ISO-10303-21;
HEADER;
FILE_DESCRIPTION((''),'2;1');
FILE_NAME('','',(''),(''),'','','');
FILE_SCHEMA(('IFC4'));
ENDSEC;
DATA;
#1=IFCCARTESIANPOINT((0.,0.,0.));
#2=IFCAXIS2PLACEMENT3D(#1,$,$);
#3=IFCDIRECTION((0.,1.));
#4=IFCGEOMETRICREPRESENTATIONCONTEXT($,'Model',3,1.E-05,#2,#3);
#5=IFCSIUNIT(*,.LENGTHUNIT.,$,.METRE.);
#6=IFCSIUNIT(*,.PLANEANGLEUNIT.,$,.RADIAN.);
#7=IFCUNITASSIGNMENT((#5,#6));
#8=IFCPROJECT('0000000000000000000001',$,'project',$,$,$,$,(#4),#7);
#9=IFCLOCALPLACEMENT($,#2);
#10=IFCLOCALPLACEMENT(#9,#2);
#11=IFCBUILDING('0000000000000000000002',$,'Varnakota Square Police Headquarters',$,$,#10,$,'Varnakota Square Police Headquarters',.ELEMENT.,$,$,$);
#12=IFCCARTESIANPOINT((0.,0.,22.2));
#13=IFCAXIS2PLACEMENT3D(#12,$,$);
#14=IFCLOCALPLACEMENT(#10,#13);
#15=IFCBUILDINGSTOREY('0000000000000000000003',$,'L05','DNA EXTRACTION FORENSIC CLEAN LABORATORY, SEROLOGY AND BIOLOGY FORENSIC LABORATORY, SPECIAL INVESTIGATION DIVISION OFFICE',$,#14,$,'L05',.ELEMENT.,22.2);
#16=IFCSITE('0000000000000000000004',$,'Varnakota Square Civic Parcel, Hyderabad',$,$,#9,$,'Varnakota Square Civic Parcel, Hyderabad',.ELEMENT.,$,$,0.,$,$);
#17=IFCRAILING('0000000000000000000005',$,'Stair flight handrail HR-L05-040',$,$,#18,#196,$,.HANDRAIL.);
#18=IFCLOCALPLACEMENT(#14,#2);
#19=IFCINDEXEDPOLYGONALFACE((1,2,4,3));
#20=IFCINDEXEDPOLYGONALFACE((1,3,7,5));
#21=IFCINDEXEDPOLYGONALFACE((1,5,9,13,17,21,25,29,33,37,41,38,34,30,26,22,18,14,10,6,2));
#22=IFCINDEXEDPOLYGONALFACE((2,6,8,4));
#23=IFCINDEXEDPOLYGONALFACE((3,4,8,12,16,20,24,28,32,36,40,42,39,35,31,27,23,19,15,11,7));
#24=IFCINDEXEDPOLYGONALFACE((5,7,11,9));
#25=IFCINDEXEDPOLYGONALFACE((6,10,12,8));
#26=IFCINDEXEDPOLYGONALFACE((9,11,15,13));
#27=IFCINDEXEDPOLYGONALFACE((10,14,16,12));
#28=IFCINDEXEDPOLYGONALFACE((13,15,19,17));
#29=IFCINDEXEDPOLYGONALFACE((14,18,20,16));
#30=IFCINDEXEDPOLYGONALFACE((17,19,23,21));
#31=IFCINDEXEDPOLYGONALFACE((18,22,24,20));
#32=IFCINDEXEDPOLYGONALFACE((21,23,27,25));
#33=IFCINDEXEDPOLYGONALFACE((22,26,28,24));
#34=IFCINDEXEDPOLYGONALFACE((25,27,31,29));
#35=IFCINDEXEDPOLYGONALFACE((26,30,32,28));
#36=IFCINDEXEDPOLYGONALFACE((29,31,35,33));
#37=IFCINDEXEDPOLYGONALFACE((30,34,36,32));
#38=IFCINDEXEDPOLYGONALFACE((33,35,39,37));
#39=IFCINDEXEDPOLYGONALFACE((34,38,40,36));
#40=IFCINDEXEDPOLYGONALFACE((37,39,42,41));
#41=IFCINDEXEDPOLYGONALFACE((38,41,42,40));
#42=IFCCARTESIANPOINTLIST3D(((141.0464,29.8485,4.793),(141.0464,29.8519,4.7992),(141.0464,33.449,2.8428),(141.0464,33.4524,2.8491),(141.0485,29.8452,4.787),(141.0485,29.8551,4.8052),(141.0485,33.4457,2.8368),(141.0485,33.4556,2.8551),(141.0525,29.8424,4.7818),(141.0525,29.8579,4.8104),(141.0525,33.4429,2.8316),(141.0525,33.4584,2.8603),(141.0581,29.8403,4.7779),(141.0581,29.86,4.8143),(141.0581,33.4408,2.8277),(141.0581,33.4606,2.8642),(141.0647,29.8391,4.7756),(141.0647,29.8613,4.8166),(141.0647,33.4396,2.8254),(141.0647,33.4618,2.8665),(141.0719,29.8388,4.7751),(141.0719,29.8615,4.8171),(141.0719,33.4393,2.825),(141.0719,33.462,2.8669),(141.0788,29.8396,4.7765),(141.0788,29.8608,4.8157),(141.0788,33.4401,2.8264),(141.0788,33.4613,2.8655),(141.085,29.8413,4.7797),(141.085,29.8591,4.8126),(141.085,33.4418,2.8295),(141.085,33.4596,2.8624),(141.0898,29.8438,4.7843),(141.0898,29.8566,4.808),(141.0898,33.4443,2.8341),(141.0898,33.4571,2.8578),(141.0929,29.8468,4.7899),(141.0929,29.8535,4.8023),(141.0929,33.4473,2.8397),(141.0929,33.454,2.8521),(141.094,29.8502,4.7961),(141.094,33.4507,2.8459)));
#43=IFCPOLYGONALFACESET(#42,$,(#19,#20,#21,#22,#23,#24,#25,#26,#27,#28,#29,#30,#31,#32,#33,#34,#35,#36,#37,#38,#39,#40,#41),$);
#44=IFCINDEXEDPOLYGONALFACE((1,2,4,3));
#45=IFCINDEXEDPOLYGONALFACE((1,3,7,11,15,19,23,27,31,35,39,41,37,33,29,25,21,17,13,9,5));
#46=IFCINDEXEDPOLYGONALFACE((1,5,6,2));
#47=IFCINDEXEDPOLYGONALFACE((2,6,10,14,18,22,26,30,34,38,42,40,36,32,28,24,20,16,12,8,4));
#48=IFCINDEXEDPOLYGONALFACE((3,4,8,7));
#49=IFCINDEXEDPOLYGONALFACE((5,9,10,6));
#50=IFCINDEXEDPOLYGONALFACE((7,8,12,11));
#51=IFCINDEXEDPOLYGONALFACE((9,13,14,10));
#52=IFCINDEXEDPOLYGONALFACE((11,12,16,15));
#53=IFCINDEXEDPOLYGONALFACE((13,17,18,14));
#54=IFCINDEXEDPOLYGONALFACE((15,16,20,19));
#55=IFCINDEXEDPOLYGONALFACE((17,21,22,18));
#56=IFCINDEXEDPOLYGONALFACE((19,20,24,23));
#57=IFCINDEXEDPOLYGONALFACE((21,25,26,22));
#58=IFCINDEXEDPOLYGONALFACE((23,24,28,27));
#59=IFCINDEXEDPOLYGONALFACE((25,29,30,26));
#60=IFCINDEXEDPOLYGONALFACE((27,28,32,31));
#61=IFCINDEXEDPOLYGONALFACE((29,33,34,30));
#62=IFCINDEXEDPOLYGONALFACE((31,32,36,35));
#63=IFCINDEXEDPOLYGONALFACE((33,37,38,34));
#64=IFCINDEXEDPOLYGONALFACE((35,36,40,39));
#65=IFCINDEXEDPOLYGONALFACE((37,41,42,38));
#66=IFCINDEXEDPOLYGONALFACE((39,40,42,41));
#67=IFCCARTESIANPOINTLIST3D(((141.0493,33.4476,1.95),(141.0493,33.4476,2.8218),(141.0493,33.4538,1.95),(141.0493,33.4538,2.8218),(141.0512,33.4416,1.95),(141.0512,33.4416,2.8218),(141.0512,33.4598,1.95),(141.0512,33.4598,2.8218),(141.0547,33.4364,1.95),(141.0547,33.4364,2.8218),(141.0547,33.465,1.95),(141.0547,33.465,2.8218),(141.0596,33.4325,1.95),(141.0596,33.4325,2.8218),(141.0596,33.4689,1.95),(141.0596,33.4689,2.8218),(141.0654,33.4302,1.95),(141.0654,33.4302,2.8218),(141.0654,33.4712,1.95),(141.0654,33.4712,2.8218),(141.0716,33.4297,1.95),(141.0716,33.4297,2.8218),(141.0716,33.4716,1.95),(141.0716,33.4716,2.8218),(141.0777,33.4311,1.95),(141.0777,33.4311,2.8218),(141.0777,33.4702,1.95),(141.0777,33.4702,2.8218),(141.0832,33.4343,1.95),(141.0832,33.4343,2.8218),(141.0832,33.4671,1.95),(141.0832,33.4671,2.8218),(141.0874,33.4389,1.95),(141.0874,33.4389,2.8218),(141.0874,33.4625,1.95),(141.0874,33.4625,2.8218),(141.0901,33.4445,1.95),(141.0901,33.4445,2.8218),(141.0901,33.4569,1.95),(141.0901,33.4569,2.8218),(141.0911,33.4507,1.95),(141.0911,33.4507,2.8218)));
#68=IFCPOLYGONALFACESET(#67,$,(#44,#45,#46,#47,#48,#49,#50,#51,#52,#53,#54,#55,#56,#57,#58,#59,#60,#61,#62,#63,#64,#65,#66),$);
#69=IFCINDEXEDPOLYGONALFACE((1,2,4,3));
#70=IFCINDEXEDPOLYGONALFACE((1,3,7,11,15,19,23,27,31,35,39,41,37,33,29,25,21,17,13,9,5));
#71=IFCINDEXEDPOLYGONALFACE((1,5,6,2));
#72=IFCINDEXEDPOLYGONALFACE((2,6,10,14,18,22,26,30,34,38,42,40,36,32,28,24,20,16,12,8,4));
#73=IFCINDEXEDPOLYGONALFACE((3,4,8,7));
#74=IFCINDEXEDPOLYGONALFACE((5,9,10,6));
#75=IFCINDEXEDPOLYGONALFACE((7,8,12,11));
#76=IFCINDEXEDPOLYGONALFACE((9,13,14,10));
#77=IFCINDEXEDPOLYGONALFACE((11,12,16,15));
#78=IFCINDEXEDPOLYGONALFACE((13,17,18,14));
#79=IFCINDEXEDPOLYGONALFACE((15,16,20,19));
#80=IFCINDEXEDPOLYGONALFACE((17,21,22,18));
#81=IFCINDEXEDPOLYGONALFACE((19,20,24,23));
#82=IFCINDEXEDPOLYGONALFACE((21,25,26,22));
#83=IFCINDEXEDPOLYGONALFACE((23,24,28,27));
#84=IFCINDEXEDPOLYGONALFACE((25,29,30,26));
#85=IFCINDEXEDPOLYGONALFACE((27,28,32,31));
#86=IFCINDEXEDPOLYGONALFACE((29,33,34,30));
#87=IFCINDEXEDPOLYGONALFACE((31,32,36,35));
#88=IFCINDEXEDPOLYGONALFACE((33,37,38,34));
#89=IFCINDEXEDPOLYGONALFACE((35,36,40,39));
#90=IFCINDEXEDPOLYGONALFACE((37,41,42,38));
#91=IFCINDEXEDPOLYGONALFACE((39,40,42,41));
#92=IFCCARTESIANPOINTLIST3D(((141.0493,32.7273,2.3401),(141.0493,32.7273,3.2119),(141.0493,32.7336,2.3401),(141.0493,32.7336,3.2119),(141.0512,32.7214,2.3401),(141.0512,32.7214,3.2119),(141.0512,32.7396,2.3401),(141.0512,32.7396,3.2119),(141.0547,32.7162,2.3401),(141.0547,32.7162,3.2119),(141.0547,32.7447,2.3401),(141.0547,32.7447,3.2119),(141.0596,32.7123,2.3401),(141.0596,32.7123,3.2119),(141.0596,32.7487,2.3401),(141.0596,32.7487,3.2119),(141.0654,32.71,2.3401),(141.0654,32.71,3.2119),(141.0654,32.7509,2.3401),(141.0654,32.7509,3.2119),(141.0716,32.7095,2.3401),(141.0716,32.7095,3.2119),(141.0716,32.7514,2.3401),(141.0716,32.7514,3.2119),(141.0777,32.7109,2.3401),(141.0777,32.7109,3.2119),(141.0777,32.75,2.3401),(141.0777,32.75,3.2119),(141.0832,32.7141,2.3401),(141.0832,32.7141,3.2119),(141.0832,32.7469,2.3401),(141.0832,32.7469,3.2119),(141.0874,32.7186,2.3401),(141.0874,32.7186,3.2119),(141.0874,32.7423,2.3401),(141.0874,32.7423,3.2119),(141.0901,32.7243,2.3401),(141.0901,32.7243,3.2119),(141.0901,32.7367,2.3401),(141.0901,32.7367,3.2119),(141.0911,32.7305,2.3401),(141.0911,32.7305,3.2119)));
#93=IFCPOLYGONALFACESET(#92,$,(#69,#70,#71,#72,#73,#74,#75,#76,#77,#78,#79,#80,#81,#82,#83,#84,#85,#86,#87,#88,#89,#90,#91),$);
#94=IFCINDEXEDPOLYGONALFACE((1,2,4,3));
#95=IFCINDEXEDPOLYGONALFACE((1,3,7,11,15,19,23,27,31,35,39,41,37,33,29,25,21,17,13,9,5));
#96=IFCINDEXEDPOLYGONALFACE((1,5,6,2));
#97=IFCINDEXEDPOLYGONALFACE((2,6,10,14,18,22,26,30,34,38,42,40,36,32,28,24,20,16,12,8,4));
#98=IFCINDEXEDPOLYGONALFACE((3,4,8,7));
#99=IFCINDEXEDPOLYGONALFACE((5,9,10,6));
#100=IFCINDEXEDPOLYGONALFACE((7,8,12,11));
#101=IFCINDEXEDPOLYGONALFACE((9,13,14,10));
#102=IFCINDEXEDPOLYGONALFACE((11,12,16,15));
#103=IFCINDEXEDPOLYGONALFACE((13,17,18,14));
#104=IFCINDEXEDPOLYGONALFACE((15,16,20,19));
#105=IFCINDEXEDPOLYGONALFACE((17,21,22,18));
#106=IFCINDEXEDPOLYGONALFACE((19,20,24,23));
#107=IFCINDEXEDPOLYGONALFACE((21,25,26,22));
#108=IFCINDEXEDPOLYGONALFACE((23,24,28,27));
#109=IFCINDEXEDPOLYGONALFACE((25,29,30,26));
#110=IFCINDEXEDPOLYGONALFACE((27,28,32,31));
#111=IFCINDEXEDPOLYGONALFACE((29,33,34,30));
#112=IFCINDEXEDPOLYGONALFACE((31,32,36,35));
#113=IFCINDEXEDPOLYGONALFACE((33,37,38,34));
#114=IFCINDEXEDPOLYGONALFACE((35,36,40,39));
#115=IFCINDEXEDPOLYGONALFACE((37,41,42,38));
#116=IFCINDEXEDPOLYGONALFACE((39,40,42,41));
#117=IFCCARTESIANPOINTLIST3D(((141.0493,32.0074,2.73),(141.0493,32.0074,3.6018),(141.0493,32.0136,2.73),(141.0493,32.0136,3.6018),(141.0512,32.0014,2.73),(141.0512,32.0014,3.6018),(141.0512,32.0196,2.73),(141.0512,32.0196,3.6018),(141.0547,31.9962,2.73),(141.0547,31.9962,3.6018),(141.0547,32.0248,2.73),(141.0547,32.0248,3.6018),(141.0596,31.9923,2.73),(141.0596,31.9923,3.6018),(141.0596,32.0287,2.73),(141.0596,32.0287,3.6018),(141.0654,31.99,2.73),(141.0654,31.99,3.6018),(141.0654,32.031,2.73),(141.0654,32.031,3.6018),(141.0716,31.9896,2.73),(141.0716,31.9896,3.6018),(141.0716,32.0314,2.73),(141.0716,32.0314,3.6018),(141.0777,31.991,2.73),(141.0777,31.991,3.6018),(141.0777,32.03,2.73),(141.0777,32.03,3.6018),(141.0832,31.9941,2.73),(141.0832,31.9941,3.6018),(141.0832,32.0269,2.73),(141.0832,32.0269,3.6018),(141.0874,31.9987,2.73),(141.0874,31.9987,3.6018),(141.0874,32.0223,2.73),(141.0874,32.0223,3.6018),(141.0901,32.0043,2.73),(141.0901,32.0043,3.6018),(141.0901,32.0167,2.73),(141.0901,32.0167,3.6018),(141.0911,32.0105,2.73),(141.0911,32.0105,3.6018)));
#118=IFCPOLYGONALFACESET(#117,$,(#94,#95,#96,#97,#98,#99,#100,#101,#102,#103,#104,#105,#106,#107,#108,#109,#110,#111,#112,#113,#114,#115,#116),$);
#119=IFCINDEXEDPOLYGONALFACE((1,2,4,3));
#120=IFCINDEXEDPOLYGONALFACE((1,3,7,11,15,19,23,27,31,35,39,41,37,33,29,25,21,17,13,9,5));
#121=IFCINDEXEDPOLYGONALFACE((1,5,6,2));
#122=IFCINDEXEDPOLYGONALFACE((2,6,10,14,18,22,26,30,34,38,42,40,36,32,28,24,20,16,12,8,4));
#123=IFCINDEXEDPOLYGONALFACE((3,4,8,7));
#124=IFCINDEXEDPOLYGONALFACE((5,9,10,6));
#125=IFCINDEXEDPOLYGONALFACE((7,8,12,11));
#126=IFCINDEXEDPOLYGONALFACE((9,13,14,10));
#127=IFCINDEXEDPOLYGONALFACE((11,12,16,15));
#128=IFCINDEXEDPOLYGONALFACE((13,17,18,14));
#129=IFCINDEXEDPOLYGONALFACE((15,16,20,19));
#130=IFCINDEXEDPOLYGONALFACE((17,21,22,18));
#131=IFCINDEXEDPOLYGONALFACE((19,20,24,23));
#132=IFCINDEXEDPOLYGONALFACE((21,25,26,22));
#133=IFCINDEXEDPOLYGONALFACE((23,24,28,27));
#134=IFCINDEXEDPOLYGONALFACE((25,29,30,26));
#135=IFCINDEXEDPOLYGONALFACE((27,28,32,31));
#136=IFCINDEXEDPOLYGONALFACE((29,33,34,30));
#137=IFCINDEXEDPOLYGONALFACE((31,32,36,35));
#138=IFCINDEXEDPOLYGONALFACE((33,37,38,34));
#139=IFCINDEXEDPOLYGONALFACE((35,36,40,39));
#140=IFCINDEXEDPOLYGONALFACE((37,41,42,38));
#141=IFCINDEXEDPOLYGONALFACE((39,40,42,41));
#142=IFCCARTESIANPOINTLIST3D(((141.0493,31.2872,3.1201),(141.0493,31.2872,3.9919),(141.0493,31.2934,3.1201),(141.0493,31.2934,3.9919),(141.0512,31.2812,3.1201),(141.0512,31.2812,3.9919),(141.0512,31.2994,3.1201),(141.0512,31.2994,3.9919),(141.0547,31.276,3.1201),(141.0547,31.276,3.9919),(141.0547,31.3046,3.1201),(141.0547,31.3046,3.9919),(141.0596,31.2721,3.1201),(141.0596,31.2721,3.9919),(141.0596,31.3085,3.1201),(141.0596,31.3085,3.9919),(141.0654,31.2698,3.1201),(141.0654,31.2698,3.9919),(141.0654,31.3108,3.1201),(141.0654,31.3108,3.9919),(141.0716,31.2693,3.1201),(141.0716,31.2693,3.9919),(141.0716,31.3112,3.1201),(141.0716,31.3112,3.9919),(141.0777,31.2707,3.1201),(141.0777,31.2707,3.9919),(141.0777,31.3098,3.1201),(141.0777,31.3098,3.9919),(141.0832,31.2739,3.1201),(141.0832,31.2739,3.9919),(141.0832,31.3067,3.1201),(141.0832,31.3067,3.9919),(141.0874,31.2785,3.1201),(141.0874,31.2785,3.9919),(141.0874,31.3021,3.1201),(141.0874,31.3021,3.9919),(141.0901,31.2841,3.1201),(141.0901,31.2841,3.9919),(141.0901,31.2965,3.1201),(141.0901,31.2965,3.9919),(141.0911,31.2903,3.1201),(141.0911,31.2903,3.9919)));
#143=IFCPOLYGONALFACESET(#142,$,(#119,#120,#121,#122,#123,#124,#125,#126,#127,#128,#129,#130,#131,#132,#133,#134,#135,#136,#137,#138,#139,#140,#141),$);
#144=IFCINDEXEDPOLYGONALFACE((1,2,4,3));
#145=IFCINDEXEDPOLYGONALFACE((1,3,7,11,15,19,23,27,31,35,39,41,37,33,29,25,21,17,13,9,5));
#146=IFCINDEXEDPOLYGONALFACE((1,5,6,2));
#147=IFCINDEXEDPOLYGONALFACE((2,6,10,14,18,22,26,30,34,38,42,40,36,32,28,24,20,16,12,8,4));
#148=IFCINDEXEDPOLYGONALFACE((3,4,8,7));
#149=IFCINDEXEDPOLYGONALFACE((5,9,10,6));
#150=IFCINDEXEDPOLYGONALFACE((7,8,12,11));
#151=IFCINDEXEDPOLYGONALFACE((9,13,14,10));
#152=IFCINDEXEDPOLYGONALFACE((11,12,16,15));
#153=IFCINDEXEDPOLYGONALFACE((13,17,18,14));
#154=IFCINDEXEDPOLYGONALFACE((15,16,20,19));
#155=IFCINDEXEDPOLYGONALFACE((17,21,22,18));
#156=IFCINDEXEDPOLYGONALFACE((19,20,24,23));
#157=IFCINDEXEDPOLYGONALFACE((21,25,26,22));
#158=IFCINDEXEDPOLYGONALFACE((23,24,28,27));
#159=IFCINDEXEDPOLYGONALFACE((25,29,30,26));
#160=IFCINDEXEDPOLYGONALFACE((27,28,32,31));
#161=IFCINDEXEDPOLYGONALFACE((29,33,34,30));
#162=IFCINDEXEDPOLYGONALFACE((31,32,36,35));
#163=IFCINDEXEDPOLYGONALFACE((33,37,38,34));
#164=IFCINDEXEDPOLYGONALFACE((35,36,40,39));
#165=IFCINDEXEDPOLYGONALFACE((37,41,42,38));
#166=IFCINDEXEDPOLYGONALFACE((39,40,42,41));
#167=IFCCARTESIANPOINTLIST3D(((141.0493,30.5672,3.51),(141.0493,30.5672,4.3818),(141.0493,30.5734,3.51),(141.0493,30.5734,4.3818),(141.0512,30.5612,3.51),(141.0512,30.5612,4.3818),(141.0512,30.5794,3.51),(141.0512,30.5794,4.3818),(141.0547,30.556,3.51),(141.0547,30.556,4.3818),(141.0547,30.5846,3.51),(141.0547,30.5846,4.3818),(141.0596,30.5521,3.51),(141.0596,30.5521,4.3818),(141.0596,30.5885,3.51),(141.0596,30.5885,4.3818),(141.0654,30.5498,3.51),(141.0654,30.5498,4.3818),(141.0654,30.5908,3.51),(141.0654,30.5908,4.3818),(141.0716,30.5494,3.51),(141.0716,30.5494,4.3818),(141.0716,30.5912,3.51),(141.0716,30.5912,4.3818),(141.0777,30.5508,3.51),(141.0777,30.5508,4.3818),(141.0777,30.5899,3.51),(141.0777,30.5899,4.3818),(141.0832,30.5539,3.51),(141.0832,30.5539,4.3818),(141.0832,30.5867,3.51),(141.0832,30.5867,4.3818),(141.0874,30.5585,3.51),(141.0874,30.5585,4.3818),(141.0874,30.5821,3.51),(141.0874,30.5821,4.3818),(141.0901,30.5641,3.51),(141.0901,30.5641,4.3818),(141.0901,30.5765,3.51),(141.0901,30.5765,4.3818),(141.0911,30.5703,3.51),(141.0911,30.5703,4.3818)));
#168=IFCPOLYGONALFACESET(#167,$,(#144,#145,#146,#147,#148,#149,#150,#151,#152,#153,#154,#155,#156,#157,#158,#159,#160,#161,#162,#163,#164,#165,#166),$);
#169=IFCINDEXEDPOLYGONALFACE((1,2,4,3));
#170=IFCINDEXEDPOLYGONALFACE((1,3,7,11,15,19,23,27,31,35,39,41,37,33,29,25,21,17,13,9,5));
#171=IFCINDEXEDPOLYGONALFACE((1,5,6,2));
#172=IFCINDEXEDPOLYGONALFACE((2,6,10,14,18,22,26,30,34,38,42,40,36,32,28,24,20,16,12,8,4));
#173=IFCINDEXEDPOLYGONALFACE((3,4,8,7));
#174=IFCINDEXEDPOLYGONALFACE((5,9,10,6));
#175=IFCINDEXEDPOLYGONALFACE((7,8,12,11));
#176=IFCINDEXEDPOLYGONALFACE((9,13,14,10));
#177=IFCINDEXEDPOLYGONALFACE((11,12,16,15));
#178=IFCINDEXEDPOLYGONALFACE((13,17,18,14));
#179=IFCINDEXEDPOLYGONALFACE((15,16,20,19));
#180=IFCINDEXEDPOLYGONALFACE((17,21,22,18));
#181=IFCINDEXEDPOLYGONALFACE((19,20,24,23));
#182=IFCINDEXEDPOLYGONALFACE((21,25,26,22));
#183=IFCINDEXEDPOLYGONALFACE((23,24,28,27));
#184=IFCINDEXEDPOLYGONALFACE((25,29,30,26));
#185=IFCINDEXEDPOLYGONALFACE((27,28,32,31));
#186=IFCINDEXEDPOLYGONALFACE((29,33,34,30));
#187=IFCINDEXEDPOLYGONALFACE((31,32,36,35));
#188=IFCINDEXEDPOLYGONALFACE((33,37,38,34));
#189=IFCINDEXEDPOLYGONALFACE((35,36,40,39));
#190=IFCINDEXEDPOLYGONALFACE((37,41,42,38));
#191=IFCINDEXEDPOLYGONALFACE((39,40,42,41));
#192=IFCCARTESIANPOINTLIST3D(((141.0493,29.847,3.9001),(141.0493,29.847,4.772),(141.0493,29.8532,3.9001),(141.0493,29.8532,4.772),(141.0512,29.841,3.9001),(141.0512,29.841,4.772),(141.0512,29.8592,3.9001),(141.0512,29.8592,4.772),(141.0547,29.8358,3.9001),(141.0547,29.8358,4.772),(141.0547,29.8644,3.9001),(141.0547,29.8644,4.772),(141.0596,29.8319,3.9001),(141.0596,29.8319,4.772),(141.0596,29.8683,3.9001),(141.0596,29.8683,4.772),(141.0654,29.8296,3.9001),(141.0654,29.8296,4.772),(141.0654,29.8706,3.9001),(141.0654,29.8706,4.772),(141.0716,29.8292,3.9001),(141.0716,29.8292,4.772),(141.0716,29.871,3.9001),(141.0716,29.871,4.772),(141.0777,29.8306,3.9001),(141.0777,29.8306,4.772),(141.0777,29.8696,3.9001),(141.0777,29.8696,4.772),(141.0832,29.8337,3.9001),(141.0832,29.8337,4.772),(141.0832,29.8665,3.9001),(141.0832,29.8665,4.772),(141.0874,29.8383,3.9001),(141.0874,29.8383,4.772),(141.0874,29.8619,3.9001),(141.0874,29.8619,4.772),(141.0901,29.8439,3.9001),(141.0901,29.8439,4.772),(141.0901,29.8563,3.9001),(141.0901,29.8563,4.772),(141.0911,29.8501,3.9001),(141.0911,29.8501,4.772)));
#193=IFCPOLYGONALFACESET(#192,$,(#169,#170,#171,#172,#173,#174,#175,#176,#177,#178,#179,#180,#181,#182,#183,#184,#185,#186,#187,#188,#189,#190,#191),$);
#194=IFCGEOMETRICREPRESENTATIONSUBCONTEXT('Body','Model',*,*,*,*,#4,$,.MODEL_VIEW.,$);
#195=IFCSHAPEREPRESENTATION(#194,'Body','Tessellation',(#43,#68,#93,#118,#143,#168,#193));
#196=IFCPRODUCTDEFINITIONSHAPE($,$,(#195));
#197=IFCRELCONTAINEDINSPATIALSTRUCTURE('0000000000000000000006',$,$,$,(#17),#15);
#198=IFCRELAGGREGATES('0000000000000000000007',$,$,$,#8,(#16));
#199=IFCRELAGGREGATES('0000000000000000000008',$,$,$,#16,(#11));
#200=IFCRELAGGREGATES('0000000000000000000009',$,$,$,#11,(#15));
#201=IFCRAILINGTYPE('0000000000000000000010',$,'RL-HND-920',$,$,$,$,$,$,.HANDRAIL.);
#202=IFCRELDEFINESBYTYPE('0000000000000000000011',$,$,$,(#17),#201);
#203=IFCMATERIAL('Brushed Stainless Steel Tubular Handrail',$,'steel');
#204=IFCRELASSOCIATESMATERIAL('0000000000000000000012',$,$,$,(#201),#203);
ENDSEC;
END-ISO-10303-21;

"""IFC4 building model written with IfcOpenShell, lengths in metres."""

from ifc_helpers import new_model, si_unit, direction, frame, origin, origin_2d, place, context, subcontext, project, spatial, circle, extrude, material, type_object, element, save


model = new_model("IFC4")

# Units and contexts
model_context = context("Model", 3, precision=1e-05, world=origin(), true_north=direction((0.0, 1.0)))
body_context = subcontext(model_context, "Body", "Model", "MODEL_VIEW")
ifc_project = project(units=[si_unit("LENGTHUNIT", "METRE"), si_unit("PLANEANGLEUNIT", "RADIAN")], contexts=[model_context])

# Site, building, storey
site_placement = place(None, origin())
site = spatial("IfcSite", under=ifc_project, at=site_placement, Name="Varnakota Square Civic Parcel, Hyderabad", LongName="Varnakota Square Civic Parcel, Hyderabad", CompositionType="ELEMENT", RefElevation=0.0)
building_placement = place(site_placement, origin())
building = spatial("IfcBuilding", under=site, at=building_placement, Name="Varnakota Square Police Headquarters", LongName="Varnakota Square Police Headquarters", CompositionType="ELEMENT")
storey_placement = place(building_placement, frame((0.0, 0.0, 22.2)))
storey = spatial("IfcBuildingStorey", under=building, at=storey_placement, Name="L05", Description="DNA EXTRACTION FORENSIC CLEAN LABORATORY, SEROLOGY AND BIOLOGY FORENSIC LABORATORY, SPECIAL INVESTIGATION DIVISION OFFICE", LongName="L05", CompositionType="ELEMENT", Elevation=22.2)

# Railing
ifc_material_1 = material(Name="Brushed Stainless Steel Tubular Handrail", Category="steel")
railing_type_1 = type_object("IfcRailingType", Name="RL-HND-920", PredefinedType="HANDRAIL", material=ifc_material_1)
railing_1_placement = place(storey_placement, frame((141.0701, 33.4507, 1.95)))
element("IfcRailing", 1, at=railing_1_placement, inside=storey, type_object=railing_type_1, Name="Stair flight handrail HR-L05-040", PredefinedType="HANDRAIL", context=body_context, shape_type="SweptSolid", body=[
    extrude(circle(Radius=0.0239, at=origin_2d()), frame((0.0, 0.0, 0.896), z_axis=(0.0, -0.879304, 0.47626), x_axis=(1.0, 0.0, 0.0)), (0.0, 0.0, 1.0), 4.0947),
    extrude(circle(Radius=0.021, at=origin_2d()), origin(), (0.0, 0.0, 1.0), 0.8718),
    extrude(circle(Radius=0.021, at=origin_2d()), frame((0.0, -0.7202, 0.3901)), (0.0, 0.0, 1.0), 0.8718),
    extrude(circle(Radius=0.021, at=origin_2d()), frame((0.0, -1.4402, 0.78)), (0.0, 0.0, 1.0), 0.8718),
    extrude(circle(Radius=0.021, at=origin_2d()), frame((0.0, -2.1604, 1.1702)), (0.0, 0.0, 1.0), 0.8718),
    extrude(circle(Radius=0.021, at=origin_2d()), frame((0.0, -2.8804, 1.5601)), (0.0, 0.0, 1.0), 0.8718),
    extrude(circle(Radius=0.021, at=origin_2d()), frame((0.0, -3.6006, 1.9502)), (0.0, 0.0, 1.0), 0.8718),
])

save(model, "model.ifc")
